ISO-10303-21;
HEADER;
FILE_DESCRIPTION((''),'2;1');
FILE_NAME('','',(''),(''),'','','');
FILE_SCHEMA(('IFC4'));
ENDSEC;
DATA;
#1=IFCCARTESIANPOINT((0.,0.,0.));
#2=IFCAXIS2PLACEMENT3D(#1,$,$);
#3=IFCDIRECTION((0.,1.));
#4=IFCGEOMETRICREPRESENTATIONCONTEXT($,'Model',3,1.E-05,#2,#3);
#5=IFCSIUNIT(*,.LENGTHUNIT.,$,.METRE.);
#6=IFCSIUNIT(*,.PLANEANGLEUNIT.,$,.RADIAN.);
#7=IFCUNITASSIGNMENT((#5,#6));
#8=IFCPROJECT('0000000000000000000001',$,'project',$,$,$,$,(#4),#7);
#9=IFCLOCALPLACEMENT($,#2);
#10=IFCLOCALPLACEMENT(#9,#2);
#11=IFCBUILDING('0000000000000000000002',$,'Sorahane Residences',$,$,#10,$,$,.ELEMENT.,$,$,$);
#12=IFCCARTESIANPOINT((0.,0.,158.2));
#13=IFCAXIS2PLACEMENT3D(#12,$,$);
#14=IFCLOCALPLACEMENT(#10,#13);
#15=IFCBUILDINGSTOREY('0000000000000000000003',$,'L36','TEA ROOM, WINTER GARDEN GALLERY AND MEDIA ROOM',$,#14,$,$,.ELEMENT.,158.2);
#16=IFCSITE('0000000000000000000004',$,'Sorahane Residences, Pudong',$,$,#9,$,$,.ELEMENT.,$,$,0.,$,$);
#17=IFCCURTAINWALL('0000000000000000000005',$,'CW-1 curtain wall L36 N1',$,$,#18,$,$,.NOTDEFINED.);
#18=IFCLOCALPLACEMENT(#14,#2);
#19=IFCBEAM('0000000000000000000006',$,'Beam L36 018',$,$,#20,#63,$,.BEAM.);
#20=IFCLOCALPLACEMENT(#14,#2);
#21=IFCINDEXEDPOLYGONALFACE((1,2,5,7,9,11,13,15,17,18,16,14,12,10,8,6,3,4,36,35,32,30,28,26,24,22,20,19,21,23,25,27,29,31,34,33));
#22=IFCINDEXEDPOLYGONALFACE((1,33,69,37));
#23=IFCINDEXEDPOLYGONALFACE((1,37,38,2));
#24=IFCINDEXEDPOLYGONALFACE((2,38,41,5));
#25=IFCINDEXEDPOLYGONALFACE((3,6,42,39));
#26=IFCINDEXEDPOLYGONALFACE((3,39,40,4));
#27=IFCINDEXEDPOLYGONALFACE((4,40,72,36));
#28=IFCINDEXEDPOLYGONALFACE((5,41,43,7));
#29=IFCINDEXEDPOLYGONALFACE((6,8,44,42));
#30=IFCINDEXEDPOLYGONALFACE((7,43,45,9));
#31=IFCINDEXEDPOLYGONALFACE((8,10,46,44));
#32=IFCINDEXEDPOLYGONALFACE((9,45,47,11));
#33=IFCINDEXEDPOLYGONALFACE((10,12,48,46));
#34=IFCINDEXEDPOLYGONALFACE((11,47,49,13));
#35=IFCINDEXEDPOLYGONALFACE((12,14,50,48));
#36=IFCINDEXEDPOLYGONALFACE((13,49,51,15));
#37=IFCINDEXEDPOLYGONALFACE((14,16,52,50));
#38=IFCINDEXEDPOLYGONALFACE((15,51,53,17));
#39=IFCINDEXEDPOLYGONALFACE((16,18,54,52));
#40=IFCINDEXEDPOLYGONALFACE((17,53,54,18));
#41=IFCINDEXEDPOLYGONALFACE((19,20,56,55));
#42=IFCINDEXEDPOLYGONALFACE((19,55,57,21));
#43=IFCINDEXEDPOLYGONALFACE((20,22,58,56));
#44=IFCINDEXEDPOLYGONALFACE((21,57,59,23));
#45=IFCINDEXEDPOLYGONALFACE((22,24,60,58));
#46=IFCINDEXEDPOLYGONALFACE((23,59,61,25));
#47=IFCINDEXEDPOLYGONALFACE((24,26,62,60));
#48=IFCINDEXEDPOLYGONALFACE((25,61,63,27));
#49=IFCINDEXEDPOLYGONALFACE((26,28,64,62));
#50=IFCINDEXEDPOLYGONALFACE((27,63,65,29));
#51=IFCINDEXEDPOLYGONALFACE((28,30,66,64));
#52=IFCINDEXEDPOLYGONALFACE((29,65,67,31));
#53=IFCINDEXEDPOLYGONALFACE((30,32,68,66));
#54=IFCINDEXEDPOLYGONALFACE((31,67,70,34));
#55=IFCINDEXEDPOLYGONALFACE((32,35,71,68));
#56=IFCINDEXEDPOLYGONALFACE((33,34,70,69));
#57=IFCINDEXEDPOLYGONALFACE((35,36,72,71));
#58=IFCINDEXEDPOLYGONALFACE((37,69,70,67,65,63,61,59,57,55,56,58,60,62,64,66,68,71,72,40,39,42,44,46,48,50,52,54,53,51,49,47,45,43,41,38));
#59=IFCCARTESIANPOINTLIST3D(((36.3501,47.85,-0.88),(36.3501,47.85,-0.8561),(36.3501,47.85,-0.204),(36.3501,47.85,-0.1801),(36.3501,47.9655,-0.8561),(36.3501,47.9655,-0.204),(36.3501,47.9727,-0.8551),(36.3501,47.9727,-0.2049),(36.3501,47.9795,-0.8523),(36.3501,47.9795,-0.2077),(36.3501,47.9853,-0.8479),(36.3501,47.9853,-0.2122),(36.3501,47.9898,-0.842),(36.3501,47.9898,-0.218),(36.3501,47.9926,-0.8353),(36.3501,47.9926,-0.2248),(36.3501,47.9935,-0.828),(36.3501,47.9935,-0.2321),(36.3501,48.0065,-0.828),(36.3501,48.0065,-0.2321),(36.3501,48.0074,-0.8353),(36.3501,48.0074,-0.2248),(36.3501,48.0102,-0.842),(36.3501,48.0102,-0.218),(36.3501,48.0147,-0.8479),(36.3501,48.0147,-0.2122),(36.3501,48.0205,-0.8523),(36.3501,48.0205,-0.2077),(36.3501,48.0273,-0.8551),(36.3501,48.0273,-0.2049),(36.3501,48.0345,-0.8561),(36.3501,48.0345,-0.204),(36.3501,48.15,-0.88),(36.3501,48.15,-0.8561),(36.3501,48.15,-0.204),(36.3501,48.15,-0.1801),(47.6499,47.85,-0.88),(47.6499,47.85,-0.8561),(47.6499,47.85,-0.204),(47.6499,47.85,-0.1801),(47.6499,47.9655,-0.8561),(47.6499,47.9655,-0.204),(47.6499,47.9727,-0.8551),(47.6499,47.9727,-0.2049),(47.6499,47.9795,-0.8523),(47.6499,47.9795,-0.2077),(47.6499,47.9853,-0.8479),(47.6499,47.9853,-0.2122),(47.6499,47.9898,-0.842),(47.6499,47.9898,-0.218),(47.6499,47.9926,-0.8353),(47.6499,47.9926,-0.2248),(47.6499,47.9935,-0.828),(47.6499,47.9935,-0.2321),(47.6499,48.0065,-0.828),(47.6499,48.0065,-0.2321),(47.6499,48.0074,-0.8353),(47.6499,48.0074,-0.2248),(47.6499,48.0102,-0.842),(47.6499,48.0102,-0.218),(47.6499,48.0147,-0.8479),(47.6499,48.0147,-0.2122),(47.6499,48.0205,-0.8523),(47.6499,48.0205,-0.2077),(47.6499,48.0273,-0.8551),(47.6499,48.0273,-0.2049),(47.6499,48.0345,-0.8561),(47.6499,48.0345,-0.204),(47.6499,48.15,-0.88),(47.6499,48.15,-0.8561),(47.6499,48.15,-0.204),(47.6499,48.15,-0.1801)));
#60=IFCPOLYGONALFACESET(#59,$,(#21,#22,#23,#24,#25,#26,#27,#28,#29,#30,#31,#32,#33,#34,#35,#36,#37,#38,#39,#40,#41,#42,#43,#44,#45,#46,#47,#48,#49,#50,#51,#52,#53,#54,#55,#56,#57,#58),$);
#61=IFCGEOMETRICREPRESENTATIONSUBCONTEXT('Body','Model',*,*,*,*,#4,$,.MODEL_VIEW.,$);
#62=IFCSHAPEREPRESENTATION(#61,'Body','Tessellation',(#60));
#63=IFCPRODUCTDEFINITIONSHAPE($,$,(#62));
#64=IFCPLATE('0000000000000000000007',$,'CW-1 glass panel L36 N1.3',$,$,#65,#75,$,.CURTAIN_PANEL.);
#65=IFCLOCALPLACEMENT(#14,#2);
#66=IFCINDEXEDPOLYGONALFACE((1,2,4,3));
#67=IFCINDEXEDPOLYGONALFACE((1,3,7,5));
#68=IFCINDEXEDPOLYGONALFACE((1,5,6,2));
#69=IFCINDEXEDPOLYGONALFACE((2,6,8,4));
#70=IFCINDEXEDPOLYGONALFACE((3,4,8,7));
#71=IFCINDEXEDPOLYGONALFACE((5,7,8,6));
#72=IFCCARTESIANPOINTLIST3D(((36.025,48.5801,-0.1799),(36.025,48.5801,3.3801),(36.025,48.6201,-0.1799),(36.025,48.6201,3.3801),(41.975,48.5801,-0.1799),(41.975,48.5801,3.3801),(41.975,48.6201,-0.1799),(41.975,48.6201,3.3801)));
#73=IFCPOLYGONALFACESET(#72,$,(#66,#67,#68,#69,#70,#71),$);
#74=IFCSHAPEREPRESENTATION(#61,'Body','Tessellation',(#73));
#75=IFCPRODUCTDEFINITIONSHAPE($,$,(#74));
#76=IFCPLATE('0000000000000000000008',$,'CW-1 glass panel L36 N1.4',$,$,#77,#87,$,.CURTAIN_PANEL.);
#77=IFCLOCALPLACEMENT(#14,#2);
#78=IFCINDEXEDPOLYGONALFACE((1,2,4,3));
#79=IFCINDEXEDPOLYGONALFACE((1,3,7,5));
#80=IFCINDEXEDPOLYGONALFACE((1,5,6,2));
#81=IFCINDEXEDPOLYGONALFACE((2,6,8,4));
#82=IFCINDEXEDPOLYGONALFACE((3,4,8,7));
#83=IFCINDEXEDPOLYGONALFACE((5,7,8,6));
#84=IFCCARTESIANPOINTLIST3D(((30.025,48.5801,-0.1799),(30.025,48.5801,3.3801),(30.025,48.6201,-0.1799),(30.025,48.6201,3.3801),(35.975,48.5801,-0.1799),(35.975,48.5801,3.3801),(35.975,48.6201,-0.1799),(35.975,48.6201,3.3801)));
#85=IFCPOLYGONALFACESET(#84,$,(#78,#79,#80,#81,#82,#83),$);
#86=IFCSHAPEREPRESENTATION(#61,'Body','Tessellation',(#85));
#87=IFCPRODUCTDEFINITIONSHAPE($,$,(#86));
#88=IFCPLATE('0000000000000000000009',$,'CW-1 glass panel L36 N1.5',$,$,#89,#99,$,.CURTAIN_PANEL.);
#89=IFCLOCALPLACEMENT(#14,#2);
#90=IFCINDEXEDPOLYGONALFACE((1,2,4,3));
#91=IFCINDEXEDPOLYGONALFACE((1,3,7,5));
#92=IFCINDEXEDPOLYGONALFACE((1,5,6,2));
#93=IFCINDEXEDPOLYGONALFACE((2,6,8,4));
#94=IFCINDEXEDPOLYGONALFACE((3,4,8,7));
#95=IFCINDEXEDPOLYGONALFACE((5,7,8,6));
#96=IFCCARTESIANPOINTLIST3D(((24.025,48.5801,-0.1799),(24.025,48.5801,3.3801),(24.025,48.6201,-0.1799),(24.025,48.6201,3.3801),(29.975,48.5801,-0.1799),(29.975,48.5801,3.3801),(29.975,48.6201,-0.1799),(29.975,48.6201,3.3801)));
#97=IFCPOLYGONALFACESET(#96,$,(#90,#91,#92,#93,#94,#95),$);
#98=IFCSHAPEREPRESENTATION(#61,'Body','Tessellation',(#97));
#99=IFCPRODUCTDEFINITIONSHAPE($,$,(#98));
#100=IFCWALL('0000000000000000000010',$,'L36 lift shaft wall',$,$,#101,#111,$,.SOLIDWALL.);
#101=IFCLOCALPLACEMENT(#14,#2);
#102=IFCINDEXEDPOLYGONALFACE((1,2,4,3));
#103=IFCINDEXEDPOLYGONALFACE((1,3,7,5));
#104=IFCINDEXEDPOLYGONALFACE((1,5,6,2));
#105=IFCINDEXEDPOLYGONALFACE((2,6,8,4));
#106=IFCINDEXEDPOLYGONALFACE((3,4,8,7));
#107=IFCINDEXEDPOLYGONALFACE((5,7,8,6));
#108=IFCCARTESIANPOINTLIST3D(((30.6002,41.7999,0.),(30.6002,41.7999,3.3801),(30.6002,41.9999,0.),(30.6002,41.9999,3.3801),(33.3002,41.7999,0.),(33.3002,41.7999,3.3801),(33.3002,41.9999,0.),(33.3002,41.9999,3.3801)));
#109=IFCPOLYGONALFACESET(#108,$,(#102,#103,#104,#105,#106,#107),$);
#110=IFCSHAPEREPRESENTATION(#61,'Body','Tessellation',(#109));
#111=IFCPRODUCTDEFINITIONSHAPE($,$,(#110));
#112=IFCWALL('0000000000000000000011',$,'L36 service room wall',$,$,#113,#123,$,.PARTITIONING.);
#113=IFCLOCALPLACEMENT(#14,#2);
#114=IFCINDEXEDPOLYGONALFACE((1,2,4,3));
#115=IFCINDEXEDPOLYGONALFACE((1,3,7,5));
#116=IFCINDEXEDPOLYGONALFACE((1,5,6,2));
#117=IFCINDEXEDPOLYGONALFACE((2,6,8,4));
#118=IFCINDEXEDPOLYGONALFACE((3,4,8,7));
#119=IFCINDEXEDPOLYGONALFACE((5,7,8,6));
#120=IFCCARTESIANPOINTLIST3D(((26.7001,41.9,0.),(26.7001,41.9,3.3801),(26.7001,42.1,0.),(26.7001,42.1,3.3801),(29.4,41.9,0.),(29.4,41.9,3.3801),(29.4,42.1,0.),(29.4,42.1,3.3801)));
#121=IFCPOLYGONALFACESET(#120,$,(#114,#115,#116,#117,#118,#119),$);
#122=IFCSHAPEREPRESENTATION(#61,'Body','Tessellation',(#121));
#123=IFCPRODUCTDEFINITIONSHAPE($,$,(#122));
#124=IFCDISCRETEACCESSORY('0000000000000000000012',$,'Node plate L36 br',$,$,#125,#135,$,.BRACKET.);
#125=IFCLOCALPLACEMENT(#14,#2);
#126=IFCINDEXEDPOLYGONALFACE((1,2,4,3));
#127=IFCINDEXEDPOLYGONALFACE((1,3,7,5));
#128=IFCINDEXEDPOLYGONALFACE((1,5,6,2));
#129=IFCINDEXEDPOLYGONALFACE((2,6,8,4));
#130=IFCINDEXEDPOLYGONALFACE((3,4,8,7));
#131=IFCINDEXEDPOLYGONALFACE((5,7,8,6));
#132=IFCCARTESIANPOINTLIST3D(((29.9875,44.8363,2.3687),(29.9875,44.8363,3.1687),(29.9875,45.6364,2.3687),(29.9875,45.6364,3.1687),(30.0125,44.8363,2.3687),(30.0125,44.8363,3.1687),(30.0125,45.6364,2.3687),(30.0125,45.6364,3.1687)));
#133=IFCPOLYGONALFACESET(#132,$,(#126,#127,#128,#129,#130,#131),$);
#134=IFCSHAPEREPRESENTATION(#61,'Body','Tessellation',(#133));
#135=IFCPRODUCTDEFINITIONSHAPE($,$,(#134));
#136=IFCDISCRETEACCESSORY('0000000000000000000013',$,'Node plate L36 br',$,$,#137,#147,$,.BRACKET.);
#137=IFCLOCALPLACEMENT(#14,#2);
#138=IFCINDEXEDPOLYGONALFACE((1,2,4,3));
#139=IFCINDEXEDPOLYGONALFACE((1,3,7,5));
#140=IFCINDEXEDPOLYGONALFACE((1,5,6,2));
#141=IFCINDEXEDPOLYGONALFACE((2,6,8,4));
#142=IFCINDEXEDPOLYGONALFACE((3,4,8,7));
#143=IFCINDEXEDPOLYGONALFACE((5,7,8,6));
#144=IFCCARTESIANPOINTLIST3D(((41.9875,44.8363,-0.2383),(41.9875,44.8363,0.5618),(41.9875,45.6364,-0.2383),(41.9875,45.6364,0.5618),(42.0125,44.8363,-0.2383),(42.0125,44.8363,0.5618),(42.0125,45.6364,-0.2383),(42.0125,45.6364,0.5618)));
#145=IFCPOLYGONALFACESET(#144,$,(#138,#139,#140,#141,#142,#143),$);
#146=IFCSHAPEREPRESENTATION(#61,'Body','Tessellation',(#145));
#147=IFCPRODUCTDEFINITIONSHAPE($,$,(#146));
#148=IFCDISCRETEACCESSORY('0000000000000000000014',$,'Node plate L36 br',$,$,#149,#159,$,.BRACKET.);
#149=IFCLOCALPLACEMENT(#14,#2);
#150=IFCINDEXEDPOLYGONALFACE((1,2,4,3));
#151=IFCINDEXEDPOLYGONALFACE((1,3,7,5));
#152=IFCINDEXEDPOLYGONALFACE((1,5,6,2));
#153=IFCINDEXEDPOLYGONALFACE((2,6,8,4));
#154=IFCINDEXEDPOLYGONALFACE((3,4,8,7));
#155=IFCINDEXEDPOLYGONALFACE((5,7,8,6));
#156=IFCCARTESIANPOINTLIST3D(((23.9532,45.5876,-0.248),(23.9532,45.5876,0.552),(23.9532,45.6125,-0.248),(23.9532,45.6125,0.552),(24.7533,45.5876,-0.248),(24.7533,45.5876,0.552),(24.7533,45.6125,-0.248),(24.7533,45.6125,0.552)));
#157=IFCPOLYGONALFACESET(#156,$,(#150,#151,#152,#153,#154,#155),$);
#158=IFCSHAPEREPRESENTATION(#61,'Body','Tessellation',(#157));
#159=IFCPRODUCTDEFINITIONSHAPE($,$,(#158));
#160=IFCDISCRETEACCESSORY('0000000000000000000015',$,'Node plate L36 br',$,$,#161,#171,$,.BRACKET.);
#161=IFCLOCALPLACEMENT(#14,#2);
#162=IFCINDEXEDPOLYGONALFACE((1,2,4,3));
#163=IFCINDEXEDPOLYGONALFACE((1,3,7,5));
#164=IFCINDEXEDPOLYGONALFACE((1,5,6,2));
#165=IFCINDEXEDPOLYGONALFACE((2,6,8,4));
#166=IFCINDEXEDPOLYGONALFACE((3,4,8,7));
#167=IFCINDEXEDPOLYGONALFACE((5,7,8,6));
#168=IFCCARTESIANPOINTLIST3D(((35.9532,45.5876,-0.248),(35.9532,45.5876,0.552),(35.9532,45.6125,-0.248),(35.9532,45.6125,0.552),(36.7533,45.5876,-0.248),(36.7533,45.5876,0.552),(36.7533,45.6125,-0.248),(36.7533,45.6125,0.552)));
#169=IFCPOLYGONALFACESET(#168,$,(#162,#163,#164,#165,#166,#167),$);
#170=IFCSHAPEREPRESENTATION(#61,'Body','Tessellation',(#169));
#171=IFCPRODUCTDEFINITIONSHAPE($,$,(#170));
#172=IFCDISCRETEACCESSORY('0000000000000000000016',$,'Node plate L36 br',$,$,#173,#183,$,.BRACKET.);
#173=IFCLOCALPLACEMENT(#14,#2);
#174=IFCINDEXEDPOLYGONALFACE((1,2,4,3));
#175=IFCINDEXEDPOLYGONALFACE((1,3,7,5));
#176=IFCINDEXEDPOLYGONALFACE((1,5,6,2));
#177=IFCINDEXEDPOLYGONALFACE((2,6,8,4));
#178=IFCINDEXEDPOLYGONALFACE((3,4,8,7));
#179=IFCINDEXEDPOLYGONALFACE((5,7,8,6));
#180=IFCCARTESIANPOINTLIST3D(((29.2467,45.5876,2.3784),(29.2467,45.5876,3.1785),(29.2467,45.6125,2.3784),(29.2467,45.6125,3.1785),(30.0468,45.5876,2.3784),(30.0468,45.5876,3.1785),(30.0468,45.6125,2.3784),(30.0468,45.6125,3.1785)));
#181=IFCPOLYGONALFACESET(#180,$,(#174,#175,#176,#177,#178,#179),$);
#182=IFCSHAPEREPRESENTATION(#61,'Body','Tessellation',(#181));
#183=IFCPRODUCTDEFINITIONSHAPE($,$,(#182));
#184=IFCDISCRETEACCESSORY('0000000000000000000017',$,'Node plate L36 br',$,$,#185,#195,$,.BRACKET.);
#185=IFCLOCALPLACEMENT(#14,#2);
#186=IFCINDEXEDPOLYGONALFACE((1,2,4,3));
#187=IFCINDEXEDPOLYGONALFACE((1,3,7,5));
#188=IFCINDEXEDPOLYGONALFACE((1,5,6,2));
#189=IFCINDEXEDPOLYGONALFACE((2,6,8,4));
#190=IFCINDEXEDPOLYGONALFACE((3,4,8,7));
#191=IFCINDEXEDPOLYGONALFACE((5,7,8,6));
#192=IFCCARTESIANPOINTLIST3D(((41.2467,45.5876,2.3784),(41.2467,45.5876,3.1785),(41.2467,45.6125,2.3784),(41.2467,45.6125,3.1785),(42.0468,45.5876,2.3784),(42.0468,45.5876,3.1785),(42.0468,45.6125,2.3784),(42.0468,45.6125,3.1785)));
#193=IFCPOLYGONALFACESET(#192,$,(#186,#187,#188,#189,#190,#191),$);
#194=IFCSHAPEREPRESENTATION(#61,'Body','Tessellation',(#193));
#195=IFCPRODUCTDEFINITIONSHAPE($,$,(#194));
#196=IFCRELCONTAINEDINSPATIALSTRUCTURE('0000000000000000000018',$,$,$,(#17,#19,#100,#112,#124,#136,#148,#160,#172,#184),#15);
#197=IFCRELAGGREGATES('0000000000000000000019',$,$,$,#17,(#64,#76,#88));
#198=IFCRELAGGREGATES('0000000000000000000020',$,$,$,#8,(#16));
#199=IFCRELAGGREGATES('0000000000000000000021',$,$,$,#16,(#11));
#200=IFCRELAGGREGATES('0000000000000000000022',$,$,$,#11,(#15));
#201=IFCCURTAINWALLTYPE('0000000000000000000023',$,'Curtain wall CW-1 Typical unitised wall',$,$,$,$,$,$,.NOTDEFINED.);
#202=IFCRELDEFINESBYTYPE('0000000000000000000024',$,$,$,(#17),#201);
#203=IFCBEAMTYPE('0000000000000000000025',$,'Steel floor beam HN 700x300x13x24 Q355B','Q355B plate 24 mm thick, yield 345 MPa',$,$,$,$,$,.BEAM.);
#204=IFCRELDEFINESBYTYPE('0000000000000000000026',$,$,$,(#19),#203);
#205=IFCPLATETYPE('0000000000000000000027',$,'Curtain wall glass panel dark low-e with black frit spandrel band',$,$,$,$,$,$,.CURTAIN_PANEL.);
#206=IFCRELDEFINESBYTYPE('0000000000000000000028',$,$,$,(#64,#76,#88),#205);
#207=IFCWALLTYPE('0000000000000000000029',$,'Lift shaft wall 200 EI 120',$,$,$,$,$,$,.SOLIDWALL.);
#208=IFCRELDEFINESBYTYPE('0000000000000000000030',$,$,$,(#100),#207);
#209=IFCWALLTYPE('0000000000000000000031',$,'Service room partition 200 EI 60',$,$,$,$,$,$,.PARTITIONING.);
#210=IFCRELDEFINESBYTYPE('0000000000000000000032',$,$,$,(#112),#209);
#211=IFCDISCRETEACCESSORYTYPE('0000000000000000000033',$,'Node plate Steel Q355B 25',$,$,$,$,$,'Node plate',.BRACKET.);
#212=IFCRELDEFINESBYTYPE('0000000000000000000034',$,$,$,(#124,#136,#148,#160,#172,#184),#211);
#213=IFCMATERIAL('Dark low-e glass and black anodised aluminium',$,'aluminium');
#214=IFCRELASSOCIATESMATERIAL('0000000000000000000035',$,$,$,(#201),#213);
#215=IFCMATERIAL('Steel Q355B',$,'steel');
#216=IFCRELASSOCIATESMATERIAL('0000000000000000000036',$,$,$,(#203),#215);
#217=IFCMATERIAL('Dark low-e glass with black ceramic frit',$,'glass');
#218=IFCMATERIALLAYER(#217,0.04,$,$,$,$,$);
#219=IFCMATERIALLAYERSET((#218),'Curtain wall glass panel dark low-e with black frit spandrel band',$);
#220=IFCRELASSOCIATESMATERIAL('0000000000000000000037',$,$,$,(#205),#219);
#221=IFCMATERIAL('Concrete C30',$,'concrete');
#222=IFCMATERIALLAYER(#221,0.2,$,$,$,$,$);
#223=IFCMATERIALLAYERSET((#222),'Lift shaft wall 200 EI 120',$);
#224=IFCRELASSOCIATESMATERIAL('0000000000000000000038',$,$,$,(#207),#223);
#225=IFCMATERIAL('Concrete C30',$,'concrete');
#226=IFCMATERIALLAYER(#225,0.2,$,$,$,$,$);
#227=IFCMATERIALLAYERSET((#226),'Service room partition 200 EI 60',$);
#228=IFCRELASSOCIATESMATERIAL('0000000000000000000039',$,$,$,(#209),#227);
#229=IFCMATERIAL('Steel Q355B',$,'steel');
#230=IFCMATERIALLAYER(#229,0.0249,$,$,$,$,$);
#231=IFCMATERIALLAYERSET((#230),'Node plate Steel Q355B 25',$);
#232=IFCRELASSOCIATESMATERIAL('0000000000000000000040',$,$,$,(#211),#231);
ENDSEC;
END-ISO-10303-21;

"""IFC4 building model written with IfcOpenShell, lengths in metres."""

from ifc_helpers import new_model, si_unit, direction, frame, frame_2d, origin, origin_2d, place, context, subcontext, project, spatial, rectangle, i_section, extrude, material, layer, layer_set, material_profile, profile_set, type_object, element, aggregate, save


model = new_model("IFC4")

# Units and contexts
model_context = context("Model", 3, precision=1e-05, world=origin(), true_north=direction((0.0, 1.0)))
body_context = subcontext(model_context, "Body", "Model", "MODEL_VIEW")
ifc_project = project(units=[si_unit("LENGTHUNIT", "METRE"), si_unit("PLANEANGLEUNIT", "RADIAN")], contexts=[model_context])

# Site, building, storey
site_placement = place(None, origin())
site = spatial("IfcSite", under=ifc_project, at=site_placement, Name="Sorahane Residences, Pudong", CompositionType="ELEMENT", RefElevation=0.0)
building_placement = place(site_placement, origin())
building = spatial("IfcBuilding", under=site, at=building_placement, Name="Sorahane Residences", CompositionType="ELEMENT")
storey_placement = place(building_placement, frame((0.0, 0.0, 158.2)))
storey = spatial("IfcBuildingStorey", under=building, at=storey_placement, Name="L36", Description="TEA ROOM, WINTER GARDEN GALLERY AND MEDIA ROOM", CompositionType="ELEMENT", Elevation=158.2)

# Curtain wall
ifc_material_1 = material(Name="Dark low-e glass and black anodised aluminium", Category="aluminium")
curtain_wall_type = type_object("IfcCurtainWallType", Name="Curtain wall CW-1 Typical unitised wall", PredefinedType="NOTDEFINED", material=ifc_material_1)
curtain_wall_placement = place(storey_placement, origin())
curtain_wall = element("IfcCurtainWall", 1, at=curtain_wall_placement, inside=storey, type_object=curtain_wall_type, Name="CW-1 curtain wall L36 N1", PredefinedType="NOTDEFINED")

# Beam
ifc_material_2 = material(Name="Steel Q355B", Category="steel")
ifc_material_profile_1 = material_profile(ifc_material_2, i_section(OverallWidth=0.3, OverallDepth=0.7, WebThickness=0.0129, FlangeThickness=0.0239, FilletRadius=0.0281, at=origin_2d()), Name="HN 700x300x13x24")
ifc_profile_set_1 = profile_set([ifc_material_profile_1], Name="Steel Q355B")
beam_type_1 = type_object("IfcBeamType", Name="Steel floor beam HN 700x300x13x24 Q355B", Description="Q355B plate 24 mm thick, yield 345 MPa", PredefinedType="BEAM", material=ifc_profile_set_1)
beam_1_placement = place(storey_placement, frame((36.3501, 48.0, -0.53), z_axis=(1.0, 0.0, 0.0), x_axis=(0.0, 1.0, 0.0)))
element("IfcBeam", 2, at=beam_1_placement, inside=storey, type_object=beam_type_1, Name="Beam L36 018", PredefinedType="BEAM", context=body_context, shape_type="SweptSolid", body=[
    extrude(i_section(OverallWidth=0.3, OverallDepth=0.7, WebThickness=0.0129, FlangeThickness=0.0239, FilletRadius=0.0281, at=origin_2d()), origin(), (0.0, 0.0, 1.0), 11.2998),
])

# Plates
ifc_material_3 = material(Name="Dark low-e glass with black ceramic frit", Category="glass")
ifc_layer_1 = layer(ifc_material_3, 0.04)
ifc_layer_set_1 = layer_set([ifc_layer_1], Name="Curtain wall glass panel dark low-e with black frit spandrel band")
plate_type = type_object("IfcPlateType", Name="Curtain wall glass panel dark low-e with black frit spandrel band", PredefinedType="CURTAIN_PANEL", material=ifc_layer_set_1)
plate_1_placement = place(storey_placement, frame((39.0, 48.6001, -0.1799), z_axis=(0.0, 0.0, 1.0), x_axis=(-1.0, 0.0, 0.0)))
plate_1 = element("IfcPlate", 3, at=plate_1_placement, type_object=plate_type, Name="CW-1 glass panel L36 N1.3", PredefinedType="CURTAIN_PANEL", context=body_context, shape_type="SweptSolid", body=[
    extrude(rectangle(XDim=5.95, YDim=0.04, at=origin_2d()), origin(), (0.0, 0.0, 1.0), 3.5601),
])
plate_2_placement = place(storey_placement, frame((33.0, 48.6001, -0.1799), z_axis=(0.0, 0.0, 1.0), x_axis=(-1.0, 0.0, 0.0)))
plate_2 = element("IfcPlate", 4, at=plate_2_placement, type_object=plate_type, Name="CW-1 glass panel L36 N1.4", PredefinedType="CURTAIN_PANEL", context=body_context, shape_type="SweptSolid", body=[
    extrude(rectangle(XDim=5.95, YDim=0.04, at=origin_2d()), origin(), (0.0, 0.0, 1.0), 3.5601),
])
plate_3_placement = place(storey_placement, frame((27.0, 48.6001, -0.1799), z_axis=(0.0, 0.0, 1.0), x_axis=(-1.0, 0.0, 0.0)))
plate_3 = element("IfcPlate", 5, at=plate_3_placement, type_object=plate_type, Name="CW-1 glass panel L36 N1.5", PredefinedType="CURTAIN_PANEL", context=body_context, shape_type="SweptSolid", body=[
    extrude(rectangle(XDim=5.95, YDim=0.04, at=origin_2d()), origin(), (0.0, 0.0, 1.0), 3.5601),
])
aggregate(curtain_wall, [plate_1, plate_2, plate_3])

# Walls
ifc_material_4 = material(Name="Concrete C30", Category="concrete")
ifc_layer_2 = layer(ifc_material_4, 0.2)
ifc_layer_set_2 = layer_set([ifc_layer_2], Name="Lift shaft wall 200 EI 120")
wall_type_1 = type_object("IfcWallType", Name="Lift shaft wall 200 EI 120", PredefinedType="SOLIDWALL", material=ifc_layer_set_2)
wall_1_placement = place(storey_placement, frame((30.6001, 41.8999, 0.0), z_axis=(0.0, 0.0, 1.0), x_axis=(1.0, 0.0, 0.0)))
element("IfcWall", 6, at=wall_1_placement, inside=storey, type_object=wall_type_1, Name="L36 lift shaft wall", PredefinedType="SOLIDWALL", context=body_context, shape_type="SweptSolid", body=[
    extrude(rectangle(XDim=2.7, YDim=0.2, at=frame_2d((1.3501, 0.0))), origin(), (0.0, 0.0, 1.0), 3.3801),
])
ifc_material_5 = material(Name="Concrete C30", Category="concrete")
ifc_layer_3 = layer(ifc_material_5, 0.2)
ifc_layer_set_3 = layer_set([ifc_layer_3], Name="Service room partition 200 EI 60")
wall_type_2 = type_object("IfcWallType", Name="Service room partition 200 EI 60", PredefinedType="PARTITIONING", material=ifc_layer_set_3)
wall_2_placement = place(storey_placement, frame((26.7, 42.0, 0.0), z_axis=(0.0, 0.0, 1.0), x_axis=(1.0, 0.0, 0.0)))
element("IfcWall", 7, at=wall_2_placement, inside=storey, type_object=wall_type_2, Name="L36 service room wall", PredefinedType="PARTITIONING", context=body_context, shape_type="SweptSolid", body=[
    extrude(rectangle(XDim=2.7, YDim=0.2, at=frame_2d((1.3501, 0.0))), origin(), (0.0, 0.0, 1.0), 3.3801),
])

# Discrete accessories
ifc_material_6 = material(Name="Steel Q355B", Category="steel")
ifc_layer_4 = layer(ifc_material_6, 0.0249)
ifc_layer_set_4 = layer_set([ifc_layer_4], Name="Node plate Steel Q355B 25")
discrete_accessory_type = type_object("IfcDiscreteAccessoryType", Name="Node plate Steel Q355B 25", ElementType="Node plate", PredefinedType="BRACKET", material=ifc_layer_set_4)
for number, where, z_axis, x_axis, name in (
    (8, (30.0, 45.2363, 2.3687), (0.0, 0.0, 1.0), (0.0, 1.0, 0.0), "Node plate L36 br"),
    (9, (42.0, 45.2363, -0.2383), (0.0, 0.0, 1.0), (0.0, 1.0, 0.0), "Node plate L36 br"),
    (10, (24.3533, 45.6001, -0.248), (0.0, 0.0, 1.0), (1.0, 0.0, 0.0), "Node plate L36 br"),
    (11, (36.3533, 45.6001, -0.248), (0.0, 0.0, 1.0), (1.0, 0.0, 0.0), "Node plate L36 br"),
    (12, (29.6467, 45.6001, 2.3784), (0.0, 0.0, 1.0), (1.0, 0.0, 0.0), "Node plate L36 br"),
    (13, (41.6467, 45.6001, 2.3784), (0.0, 0.0, 1.0), (1.0, 0.0, 0.0), "Node plate L36 br"),
):
    element("IfcDiscreteAccessory", number, at=place(storey_placement, frame(where, z_axis=z_axis, x_axis=x_axis)), inside=storey, type_object=discrete_accessory_type, Name=name, PredefinedType="BRACKET", context=body_context, shape_type="SweptSolid", body=[
        extrude(rectangle(XDim=0.8, YDim=0.0249, at=origin_2d()), origin(), (0.0, 0.0, 1.0), 0.8),
    ])

save(model, "model.ifc")
